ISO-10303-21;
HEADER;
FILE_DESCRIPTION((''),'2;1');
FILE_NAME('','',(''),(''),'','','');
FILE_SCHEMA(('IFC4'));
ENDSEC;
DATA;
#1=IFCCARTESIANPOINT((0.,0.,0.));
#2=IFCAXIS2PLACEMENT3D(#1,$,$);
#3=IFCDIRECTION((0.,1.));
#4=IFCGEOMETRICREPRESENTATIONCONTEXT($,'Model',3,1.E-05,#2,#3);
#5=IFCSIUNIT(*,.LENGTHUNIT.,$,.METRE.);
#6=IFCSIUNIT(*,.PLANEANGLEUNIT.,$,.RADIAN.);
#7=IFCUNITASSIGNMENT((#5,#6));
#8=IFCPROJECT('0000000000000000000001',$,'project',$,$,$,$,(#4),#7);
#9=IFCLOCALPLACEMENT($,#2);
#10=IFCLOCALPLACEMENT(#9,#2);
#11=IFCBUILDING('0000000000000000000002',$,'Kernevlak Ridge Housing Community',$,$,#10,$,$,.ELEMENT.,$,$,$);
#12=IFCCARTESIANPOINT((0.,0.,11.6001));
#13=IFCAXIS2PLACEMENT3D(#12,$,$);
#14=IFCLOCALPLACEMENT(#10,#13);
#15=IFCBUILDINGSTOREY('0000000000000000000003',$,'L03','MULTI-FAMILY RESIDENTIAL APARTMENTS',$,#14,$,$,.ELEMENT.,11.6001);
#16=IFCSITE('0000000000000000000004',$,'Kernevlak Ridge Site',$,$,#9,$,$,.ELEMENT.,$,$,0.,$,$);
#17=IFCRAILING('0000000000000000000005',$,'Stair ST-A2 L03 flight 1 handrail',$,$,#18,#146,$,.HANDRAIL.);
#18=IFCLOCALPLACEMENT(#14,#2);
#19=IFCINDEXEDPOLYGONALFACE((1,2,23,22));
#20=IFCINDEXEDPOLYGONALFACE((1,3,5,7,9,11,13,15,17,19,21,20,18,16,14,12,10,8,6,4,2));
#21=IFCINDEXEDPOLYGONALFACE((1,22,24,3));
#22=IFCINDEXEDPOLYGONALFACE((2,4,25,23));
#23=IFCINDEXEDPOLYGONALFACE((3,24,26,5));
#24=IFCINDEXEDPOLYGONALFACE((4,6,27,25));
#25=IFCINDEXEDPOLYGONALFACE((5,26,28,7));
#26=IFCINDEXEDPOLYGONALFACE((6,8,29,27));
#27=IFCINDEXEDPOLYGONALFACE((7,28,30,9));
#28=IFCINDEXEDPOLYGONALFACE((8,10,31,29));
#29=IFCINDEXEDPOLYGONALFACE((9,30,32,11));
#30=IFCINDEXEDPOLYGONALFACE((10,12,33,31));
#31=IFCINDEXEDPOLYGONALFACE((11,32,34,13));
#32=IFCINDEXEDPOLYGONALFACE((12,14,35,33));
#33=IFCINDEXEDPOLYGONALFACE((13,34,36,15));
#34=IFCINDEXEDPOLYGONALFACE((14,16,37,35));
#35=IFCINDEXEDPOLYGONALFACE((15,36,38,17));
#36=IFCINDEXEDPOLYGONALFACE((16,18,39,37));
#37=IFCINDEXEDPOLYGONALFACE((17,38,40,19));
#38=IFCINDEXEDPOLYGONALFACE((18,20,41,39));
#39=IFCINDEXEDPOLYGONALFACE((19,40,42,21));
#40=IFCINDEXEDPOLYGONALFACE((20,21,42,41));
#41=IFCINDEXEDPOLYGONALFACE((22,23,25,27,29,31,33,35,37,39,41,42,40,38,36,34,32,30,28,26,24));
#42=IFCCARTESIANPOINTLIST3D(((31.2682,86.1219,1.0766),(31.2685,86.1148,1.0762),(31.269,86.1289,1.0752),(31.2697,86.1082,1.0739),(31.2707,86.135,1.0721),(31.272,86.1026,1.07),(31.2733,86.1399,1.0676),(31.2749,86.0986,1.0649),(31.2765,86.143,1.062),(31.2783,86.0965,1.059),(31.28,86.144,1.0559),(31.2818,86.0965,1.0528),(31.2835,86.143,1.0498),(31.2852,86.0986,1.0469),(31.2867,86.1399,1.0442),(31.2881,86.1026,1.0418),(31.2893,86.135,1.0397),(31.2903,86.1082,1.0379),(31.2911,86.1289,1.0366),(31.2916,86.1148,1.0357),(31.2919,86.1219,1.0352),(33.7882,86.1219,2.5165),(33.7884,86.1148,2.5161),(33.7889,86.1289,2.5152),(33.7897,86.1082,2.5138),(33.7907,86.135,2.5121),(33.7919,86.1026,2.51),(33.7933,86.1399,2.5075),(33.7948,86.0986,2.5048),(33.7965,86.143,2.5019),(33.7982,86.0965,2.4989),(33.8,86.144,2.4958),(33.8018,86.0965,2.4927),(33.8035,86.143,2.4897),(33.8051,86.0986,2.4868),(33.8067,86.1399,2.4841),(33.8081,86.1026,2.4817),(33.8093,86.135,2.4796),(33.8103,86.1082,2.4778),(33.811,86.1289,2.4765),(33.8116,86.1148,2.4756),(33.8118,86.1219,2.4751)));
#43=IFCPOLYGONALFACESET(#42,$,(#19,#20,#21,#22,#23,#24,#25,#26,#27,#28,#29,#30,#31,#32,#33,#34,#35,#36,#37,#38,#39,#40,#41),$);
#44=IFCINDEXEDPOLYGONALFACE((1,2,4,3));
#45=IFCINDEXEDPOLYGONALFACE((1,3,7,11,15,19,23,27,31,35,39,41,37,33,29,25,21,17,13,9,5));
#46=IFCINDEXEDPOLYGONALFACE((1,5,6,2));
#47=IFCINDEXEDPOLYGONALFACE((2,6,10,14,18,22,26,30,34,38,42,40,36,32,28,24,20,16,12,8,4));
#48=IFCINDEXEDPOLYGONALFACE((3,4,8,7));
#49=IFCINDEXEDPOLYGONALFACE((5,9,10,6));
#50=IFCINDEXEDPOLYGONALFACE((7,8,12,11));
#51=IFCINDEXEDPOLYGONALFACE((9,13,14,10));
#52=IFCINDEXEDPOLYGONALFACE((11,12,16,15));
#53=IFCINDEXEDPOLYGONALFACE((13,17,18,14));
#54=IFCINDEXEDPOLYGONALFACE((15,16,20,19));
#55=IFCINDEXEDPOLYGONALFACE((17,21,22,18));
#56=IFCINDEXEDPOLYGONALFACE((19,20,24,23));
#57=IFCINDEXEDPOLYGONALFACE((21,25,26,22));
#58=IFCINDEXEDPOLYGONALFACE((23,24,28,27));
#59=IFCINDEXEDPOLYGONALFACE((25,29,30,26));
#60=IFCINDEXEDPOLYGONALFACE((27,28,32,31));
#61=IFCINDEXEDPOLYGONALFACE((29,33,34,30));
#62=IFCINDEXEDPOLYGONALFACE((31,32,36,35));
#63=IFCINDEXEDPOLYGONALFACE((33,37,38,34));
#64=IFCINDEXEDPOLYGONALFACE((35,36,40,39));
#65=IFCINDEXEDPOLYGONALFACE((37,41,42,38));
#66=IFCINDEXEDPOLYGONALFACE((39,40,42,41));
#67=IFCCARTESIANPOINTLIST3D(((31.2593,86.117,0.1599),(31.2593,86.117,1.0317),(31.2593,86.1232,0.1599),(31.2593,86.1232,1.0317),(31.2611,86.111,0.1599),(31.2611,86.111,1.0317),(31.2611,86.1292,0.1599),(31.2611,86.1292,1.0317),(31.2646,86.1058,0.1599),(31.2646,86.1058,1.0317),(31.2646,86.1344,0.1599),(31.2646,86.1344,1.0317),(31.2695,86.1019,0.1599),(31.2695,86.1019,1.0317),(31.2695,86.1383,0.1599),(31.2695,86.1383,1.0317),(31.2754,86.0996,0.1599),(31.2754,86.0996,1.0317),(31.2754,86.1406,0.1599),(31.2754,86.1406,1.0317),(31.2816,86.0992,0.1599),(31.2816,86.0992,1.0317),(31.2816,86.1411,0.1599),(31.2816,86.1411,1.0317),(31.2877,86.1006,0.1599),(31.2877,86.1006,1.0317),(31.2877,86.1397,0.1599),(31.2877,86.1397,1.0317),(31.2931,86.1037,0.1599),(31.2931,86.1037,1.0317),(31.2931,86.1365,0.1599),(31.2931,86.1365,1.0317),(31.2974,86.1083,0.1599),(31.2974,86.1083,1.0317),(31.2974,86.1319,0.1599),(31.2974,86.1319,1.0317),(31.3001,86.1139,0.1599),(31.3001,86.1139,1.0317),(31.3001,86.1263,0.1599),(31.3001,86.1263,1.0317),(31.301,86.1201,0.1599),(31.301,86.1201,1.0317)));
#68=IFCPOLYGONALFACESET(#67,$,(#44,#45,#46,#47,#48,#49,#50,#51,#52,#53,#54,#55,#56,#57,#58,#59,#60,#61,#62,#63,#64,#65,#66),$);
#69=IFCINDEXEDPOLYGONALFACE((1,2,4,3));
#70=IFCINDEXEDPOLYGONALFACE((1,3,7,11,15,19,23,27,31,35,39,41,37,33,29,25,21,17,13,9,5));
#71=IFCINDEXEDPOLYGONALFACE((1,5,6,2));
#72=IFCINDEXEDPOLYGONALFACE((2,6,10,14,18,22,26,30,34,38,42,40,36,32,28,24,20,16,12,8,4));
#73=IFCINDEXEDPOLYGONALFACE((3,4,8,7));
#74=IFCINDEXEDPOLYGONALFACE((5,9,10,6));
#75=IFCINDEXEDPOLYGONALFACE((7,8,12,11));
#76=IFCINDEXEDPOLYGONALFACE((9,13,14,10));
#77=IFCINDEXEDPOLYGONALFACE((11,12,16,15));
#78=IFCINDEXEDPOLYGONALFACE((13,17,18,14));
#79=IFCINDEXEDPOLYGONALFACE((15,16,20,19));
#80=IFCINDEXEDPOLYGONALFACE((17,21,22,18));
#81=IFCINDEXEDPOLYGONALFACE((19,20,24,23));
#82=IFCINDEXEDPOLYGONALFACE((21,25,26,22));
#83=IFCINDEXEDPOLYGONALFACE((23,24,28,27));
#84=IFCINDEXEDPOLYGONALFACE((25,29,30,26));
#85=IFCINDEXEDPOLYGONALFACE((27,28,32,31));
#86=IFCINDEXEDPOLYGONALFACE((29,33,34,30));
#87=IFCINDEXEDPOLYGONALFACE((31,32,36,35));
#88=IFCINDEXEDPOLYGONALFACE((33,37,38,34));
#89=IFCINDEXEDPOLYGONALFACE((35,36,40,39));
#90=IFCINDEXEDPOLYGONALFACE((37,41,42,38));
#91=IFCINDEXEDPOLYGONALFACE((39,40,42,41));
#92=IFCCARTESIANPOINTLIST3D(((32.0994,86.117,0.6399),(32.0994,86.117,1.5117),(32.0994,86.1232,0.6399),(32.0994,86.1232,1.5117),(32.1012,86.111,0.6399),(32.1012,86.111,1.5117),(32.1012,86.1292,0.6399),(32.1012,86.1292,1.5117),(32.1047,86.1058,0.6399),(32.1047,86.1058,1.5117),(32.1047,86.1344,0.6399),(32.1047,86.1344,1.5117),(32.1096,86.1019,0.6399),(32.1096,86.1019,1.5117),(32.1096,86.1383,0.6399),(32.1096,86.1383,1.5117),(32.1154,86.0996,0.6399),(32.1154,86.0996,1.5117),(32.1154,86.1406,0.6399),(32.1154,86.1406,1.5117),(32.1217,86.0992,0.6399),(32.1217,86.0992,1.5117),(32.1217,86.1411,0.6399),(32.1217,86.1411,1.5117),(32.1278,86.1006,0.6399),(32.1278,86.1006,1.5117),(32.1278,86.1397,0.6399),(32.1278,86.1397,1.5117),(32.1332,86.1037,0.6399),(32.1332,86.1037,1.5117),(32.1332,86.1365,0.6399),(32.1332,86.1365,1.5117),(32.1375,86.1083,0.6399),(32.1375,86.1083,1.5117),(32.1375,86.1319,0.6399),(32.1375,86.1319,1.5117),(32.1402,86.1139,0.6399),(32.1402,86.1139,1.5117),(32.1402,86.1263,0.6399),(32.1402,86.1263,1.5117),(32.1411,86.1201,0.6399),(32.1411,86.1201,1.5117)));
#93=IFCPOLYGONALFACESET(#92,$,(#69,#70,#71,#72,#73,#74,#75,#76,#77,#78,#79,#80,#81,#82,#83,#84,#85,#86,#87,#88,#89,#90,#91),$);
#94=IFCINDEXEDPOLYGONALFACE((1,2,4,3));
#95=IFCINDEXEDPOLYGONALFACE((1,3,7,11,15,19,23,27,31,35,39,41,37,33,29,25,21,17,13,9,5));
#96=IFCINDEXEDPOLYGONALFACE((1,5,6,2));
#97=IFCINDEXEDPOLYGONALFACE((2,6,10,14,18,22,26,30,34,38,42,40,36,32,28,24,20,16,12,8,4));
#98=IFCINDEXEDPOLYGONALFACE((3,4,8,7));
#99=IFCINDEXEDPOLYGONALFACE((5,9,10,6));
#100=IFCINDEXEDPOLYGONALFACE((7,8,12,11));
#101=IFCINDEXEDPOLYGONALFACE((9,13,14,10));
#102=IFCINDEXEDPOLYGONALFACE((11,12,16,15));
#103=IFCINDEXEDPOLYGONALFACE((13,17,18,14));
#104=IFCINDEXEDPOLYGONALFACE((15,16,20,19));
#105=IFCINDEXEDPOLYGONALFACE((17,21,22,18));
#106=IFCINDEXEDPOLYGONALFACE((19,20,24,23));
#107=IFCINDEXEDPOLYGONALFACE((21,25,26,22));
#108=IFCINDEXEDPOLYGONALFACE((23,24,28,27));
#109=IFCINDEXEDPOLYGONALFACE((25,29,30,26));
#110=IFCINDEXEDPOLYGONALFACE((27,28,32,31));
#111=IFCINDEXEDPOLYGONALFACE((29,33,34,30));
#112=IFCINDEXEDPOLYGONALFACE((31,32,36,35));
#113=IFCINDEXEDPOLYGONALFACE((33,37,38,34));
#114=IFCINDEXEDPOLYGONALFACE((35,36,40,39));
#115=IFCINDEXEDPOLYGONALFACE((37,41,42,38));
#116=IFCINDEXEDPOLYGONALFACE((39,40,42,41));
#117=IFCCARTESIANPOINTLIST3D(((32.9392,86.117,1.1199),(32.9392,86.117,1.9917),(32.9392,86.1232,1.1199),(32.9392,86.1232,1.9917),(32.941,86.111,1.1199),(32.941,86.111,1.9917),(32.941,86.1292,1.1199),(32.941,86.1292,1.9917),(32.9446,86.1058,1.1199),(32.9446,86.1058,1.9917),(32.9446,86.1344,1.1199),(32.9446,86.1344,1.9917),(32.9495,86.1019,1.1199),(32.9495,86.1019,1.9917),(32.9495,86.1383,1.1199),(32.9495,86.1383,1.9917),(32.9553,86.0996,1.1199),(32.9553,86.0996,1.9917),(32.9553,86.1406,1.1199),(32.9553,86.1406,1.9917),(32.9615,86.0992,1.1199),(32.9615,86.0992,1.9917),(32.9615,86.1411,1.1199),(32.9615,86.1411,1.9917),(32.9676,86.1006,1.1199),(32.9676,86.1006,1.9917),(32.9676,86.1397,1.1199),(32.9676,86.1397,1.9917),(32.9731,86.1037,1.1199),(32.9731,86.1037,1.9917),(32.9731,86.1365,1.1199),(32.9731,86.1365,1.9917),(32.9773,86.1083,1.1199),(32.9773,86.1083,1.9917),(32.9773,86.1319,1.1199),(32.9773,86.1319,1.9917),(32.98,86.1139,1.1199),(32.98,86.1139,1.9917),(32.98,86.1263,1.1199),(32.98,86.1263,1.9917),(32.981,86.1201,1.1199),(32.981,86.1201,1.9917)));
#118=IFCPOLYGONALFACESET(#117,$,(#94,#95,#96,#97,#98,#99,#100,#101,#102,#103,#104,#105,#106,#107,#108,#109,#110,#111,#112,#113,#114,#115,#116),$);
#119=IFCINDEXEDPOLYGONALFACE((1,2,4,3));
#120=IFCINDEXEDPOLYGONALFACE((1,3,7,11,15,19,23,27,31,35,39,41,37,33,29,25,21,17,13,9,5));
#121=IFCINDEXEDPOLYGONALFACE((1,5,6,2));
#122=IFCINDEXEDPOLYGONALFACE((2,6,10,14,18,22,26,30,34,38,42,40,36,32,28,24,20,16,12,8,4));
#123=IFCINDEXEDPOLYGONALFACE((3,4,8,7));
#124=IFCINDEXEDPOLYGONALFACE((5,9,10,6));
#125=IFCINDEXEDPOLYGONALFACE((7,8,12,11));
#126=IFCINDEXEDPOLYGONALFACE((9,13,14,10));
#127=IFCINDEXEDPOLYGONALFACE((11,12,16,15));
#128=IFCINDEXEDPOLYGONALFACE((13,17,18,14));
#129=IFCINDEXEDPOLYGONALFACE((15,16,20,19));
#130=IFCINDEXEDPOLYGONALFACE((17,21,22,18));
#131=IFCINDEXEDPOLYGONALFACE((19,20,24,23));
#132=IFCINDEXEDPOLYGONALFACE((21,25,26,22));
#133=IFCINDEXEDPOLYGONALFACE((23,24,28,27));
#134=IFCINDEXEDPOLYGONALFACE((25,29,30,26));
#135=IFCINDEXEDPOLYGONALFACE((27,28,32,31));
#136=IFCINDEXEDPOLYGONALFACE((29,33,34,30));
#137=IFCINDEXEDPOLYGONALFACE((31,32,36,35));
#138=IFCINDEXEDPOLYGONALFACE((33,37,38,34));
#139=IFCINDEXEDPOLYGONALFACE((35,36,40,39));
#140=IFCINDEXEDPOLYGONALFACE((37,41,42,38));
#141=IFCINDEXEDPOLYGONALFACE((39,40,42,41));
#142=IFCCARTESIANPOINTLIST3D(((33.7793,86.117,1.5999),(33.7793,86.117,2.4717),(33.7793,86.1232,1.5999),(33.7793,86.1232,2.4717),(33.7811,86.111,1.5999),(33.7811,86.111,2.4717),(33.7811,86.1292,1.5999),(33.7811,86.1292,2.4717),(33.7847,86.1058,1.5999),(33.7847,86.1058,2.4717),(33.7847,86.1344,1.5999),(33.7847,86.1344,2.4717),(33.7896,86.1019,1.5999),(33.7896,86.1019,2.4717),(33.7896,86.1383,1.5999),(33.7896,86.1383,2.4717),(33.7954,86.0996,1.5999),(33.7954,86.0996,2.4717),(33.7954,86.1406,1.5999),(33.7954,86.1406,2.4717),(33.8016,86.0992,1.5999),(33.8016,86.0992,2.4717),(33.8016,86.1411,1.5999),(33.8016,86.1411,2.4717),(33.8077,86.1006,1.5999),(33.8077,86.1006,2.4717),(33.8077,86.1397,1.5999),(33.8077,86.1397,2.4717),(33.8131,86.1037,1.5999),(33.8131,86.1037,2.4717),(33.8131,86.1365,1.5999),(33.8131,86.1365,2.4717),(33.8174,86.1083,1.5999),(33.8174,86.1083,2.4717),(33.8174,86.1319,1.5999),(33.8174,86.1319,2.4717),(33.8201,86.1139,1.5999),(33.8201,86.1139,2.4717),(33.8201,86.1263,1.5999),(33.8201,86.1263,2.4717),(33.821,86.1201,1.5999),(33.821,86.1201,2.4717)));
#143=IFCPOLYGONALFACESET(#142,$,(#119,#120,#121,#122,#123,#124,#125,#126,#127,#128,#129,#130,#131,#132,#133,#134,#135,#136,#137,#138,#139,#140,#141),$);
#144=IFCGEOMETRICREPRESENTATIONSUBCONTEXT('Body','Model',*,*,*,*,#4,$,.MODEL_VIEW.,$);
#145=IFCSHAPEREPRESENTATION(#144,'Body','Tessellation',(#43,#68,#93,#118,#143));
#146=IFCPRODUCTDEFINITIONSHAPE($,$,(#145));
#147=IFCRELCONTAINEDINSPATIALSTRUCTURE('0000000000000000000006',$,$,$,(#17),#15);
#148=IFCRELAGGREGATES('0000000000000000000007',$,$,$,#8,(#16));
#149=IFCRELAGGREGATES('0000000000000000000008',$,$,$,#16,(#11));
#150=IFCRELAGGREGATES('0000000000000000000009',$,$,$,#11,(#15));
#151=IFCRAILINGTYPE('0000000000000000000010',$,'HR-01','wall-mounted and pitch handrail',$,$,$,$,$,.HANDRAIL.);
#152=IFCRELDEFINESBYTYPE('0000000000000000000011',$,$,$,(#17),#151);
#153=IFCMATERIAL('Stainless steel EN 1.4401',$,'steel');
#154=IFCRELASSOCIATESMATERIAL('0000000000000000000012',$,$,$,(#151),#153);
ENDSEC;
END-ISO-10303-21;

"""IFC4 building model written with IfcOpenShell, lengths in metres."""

from ifc_helpers import new_model, si_unit, direction, frame, origin, origin_2d, place, context, subcontext, project, spatial, circle, extrude, material, type_object, element, save


model = new_model("IFC4")

# Units and contexts
model_context = context("Model", 3, precision=1e-05, world=origin(), true_north=direction((0.0, 1.0)))
body_context = subcontext(model_context, "Body", "Model", "MODEL_VIEW")
ifc_project = project(units=[si_unit("LENGTHUNIT", "METRE"), si_unit("PLANEANGLEUNIT", "RADIAN")], contexts=[model_context])

# Site, building, storey
site_placement = place(None, origin())
site = spatial("IfcSite", under=ifc_project, at=site_placement, Name="Kernevlak Ridge Site", CompositionType="ELEMENT", RefElevation=0.0)
building_placement = place(site_placement, origin())
building = spatial("IfcBuilding", under=site, at=building_placement, Name="Kernevlak Ridge Housing Community", CompositionType="ELEMENT")
storey_placement = place(building_placement, frame((0.0, 0.0, 11.6001)))
storey = spatial("IfcBuildingStorey", under=building, at=storey_placement, Name="L03", Description="MULTI-FAMILY RESIDENTIAL APARTMENTS", CompositionType="ELEMENT", Elevation=11.6001)

# Railing
ifc_material_1 = material(Name="Stainless steel EN 1.4401", Category="steel")
railing_type_1 = type_object("IfcRailingType", Name="HR-01", Description="wall-mounted and pitch handrail", PredefinedType="HANDRAIL", material=ifc_material_1)
railing_1_placement = place(storey_placement, frame((31.28, 86.1201, 0.1599)))
element("IfcRailing", 1, at=railing_1_placement, inside=storey, type_object=railing_type_1, Name="Stair ST-A2 L03 flight 1 handrail", PredefinedType="HANDRAIL", context=body_context, shape_type="SweptSolid", body=[
    extrude(circle(Radius=0.0239, at=origin_2d()), frame((0.0, 0.0, 0.896), z_axis=(0.868253, 0.0, 0.496121), x_axis=(0.0, 1.0, 0.0)), (0.0, 0.0, 1.0), 2.9023),
    extrude(circle(Radius=0.021, at=origin_2d()), origin(), (0.0, 0.0, 1.0), 0.8718),
    extrude(circle(Radius=0.021, at=origin_2d()), frame((0.8401, 0.0, 0.48)), (0.0, 0.0, 1.0), 0.8718),
    extrude(circle(Radius=0.021, at=origin_2d()), frame((1.6799, 0.0, 0.96)), (0.0, 0.0, 1.0), 0.8718),
    extrude(circle(Radius=0.021, at=origin_2d()), frame((2.52, 0.0, 1.4399)), (0.0, 0.0, 1.0), 0.8718),
])

save(model, "model.ifc")
